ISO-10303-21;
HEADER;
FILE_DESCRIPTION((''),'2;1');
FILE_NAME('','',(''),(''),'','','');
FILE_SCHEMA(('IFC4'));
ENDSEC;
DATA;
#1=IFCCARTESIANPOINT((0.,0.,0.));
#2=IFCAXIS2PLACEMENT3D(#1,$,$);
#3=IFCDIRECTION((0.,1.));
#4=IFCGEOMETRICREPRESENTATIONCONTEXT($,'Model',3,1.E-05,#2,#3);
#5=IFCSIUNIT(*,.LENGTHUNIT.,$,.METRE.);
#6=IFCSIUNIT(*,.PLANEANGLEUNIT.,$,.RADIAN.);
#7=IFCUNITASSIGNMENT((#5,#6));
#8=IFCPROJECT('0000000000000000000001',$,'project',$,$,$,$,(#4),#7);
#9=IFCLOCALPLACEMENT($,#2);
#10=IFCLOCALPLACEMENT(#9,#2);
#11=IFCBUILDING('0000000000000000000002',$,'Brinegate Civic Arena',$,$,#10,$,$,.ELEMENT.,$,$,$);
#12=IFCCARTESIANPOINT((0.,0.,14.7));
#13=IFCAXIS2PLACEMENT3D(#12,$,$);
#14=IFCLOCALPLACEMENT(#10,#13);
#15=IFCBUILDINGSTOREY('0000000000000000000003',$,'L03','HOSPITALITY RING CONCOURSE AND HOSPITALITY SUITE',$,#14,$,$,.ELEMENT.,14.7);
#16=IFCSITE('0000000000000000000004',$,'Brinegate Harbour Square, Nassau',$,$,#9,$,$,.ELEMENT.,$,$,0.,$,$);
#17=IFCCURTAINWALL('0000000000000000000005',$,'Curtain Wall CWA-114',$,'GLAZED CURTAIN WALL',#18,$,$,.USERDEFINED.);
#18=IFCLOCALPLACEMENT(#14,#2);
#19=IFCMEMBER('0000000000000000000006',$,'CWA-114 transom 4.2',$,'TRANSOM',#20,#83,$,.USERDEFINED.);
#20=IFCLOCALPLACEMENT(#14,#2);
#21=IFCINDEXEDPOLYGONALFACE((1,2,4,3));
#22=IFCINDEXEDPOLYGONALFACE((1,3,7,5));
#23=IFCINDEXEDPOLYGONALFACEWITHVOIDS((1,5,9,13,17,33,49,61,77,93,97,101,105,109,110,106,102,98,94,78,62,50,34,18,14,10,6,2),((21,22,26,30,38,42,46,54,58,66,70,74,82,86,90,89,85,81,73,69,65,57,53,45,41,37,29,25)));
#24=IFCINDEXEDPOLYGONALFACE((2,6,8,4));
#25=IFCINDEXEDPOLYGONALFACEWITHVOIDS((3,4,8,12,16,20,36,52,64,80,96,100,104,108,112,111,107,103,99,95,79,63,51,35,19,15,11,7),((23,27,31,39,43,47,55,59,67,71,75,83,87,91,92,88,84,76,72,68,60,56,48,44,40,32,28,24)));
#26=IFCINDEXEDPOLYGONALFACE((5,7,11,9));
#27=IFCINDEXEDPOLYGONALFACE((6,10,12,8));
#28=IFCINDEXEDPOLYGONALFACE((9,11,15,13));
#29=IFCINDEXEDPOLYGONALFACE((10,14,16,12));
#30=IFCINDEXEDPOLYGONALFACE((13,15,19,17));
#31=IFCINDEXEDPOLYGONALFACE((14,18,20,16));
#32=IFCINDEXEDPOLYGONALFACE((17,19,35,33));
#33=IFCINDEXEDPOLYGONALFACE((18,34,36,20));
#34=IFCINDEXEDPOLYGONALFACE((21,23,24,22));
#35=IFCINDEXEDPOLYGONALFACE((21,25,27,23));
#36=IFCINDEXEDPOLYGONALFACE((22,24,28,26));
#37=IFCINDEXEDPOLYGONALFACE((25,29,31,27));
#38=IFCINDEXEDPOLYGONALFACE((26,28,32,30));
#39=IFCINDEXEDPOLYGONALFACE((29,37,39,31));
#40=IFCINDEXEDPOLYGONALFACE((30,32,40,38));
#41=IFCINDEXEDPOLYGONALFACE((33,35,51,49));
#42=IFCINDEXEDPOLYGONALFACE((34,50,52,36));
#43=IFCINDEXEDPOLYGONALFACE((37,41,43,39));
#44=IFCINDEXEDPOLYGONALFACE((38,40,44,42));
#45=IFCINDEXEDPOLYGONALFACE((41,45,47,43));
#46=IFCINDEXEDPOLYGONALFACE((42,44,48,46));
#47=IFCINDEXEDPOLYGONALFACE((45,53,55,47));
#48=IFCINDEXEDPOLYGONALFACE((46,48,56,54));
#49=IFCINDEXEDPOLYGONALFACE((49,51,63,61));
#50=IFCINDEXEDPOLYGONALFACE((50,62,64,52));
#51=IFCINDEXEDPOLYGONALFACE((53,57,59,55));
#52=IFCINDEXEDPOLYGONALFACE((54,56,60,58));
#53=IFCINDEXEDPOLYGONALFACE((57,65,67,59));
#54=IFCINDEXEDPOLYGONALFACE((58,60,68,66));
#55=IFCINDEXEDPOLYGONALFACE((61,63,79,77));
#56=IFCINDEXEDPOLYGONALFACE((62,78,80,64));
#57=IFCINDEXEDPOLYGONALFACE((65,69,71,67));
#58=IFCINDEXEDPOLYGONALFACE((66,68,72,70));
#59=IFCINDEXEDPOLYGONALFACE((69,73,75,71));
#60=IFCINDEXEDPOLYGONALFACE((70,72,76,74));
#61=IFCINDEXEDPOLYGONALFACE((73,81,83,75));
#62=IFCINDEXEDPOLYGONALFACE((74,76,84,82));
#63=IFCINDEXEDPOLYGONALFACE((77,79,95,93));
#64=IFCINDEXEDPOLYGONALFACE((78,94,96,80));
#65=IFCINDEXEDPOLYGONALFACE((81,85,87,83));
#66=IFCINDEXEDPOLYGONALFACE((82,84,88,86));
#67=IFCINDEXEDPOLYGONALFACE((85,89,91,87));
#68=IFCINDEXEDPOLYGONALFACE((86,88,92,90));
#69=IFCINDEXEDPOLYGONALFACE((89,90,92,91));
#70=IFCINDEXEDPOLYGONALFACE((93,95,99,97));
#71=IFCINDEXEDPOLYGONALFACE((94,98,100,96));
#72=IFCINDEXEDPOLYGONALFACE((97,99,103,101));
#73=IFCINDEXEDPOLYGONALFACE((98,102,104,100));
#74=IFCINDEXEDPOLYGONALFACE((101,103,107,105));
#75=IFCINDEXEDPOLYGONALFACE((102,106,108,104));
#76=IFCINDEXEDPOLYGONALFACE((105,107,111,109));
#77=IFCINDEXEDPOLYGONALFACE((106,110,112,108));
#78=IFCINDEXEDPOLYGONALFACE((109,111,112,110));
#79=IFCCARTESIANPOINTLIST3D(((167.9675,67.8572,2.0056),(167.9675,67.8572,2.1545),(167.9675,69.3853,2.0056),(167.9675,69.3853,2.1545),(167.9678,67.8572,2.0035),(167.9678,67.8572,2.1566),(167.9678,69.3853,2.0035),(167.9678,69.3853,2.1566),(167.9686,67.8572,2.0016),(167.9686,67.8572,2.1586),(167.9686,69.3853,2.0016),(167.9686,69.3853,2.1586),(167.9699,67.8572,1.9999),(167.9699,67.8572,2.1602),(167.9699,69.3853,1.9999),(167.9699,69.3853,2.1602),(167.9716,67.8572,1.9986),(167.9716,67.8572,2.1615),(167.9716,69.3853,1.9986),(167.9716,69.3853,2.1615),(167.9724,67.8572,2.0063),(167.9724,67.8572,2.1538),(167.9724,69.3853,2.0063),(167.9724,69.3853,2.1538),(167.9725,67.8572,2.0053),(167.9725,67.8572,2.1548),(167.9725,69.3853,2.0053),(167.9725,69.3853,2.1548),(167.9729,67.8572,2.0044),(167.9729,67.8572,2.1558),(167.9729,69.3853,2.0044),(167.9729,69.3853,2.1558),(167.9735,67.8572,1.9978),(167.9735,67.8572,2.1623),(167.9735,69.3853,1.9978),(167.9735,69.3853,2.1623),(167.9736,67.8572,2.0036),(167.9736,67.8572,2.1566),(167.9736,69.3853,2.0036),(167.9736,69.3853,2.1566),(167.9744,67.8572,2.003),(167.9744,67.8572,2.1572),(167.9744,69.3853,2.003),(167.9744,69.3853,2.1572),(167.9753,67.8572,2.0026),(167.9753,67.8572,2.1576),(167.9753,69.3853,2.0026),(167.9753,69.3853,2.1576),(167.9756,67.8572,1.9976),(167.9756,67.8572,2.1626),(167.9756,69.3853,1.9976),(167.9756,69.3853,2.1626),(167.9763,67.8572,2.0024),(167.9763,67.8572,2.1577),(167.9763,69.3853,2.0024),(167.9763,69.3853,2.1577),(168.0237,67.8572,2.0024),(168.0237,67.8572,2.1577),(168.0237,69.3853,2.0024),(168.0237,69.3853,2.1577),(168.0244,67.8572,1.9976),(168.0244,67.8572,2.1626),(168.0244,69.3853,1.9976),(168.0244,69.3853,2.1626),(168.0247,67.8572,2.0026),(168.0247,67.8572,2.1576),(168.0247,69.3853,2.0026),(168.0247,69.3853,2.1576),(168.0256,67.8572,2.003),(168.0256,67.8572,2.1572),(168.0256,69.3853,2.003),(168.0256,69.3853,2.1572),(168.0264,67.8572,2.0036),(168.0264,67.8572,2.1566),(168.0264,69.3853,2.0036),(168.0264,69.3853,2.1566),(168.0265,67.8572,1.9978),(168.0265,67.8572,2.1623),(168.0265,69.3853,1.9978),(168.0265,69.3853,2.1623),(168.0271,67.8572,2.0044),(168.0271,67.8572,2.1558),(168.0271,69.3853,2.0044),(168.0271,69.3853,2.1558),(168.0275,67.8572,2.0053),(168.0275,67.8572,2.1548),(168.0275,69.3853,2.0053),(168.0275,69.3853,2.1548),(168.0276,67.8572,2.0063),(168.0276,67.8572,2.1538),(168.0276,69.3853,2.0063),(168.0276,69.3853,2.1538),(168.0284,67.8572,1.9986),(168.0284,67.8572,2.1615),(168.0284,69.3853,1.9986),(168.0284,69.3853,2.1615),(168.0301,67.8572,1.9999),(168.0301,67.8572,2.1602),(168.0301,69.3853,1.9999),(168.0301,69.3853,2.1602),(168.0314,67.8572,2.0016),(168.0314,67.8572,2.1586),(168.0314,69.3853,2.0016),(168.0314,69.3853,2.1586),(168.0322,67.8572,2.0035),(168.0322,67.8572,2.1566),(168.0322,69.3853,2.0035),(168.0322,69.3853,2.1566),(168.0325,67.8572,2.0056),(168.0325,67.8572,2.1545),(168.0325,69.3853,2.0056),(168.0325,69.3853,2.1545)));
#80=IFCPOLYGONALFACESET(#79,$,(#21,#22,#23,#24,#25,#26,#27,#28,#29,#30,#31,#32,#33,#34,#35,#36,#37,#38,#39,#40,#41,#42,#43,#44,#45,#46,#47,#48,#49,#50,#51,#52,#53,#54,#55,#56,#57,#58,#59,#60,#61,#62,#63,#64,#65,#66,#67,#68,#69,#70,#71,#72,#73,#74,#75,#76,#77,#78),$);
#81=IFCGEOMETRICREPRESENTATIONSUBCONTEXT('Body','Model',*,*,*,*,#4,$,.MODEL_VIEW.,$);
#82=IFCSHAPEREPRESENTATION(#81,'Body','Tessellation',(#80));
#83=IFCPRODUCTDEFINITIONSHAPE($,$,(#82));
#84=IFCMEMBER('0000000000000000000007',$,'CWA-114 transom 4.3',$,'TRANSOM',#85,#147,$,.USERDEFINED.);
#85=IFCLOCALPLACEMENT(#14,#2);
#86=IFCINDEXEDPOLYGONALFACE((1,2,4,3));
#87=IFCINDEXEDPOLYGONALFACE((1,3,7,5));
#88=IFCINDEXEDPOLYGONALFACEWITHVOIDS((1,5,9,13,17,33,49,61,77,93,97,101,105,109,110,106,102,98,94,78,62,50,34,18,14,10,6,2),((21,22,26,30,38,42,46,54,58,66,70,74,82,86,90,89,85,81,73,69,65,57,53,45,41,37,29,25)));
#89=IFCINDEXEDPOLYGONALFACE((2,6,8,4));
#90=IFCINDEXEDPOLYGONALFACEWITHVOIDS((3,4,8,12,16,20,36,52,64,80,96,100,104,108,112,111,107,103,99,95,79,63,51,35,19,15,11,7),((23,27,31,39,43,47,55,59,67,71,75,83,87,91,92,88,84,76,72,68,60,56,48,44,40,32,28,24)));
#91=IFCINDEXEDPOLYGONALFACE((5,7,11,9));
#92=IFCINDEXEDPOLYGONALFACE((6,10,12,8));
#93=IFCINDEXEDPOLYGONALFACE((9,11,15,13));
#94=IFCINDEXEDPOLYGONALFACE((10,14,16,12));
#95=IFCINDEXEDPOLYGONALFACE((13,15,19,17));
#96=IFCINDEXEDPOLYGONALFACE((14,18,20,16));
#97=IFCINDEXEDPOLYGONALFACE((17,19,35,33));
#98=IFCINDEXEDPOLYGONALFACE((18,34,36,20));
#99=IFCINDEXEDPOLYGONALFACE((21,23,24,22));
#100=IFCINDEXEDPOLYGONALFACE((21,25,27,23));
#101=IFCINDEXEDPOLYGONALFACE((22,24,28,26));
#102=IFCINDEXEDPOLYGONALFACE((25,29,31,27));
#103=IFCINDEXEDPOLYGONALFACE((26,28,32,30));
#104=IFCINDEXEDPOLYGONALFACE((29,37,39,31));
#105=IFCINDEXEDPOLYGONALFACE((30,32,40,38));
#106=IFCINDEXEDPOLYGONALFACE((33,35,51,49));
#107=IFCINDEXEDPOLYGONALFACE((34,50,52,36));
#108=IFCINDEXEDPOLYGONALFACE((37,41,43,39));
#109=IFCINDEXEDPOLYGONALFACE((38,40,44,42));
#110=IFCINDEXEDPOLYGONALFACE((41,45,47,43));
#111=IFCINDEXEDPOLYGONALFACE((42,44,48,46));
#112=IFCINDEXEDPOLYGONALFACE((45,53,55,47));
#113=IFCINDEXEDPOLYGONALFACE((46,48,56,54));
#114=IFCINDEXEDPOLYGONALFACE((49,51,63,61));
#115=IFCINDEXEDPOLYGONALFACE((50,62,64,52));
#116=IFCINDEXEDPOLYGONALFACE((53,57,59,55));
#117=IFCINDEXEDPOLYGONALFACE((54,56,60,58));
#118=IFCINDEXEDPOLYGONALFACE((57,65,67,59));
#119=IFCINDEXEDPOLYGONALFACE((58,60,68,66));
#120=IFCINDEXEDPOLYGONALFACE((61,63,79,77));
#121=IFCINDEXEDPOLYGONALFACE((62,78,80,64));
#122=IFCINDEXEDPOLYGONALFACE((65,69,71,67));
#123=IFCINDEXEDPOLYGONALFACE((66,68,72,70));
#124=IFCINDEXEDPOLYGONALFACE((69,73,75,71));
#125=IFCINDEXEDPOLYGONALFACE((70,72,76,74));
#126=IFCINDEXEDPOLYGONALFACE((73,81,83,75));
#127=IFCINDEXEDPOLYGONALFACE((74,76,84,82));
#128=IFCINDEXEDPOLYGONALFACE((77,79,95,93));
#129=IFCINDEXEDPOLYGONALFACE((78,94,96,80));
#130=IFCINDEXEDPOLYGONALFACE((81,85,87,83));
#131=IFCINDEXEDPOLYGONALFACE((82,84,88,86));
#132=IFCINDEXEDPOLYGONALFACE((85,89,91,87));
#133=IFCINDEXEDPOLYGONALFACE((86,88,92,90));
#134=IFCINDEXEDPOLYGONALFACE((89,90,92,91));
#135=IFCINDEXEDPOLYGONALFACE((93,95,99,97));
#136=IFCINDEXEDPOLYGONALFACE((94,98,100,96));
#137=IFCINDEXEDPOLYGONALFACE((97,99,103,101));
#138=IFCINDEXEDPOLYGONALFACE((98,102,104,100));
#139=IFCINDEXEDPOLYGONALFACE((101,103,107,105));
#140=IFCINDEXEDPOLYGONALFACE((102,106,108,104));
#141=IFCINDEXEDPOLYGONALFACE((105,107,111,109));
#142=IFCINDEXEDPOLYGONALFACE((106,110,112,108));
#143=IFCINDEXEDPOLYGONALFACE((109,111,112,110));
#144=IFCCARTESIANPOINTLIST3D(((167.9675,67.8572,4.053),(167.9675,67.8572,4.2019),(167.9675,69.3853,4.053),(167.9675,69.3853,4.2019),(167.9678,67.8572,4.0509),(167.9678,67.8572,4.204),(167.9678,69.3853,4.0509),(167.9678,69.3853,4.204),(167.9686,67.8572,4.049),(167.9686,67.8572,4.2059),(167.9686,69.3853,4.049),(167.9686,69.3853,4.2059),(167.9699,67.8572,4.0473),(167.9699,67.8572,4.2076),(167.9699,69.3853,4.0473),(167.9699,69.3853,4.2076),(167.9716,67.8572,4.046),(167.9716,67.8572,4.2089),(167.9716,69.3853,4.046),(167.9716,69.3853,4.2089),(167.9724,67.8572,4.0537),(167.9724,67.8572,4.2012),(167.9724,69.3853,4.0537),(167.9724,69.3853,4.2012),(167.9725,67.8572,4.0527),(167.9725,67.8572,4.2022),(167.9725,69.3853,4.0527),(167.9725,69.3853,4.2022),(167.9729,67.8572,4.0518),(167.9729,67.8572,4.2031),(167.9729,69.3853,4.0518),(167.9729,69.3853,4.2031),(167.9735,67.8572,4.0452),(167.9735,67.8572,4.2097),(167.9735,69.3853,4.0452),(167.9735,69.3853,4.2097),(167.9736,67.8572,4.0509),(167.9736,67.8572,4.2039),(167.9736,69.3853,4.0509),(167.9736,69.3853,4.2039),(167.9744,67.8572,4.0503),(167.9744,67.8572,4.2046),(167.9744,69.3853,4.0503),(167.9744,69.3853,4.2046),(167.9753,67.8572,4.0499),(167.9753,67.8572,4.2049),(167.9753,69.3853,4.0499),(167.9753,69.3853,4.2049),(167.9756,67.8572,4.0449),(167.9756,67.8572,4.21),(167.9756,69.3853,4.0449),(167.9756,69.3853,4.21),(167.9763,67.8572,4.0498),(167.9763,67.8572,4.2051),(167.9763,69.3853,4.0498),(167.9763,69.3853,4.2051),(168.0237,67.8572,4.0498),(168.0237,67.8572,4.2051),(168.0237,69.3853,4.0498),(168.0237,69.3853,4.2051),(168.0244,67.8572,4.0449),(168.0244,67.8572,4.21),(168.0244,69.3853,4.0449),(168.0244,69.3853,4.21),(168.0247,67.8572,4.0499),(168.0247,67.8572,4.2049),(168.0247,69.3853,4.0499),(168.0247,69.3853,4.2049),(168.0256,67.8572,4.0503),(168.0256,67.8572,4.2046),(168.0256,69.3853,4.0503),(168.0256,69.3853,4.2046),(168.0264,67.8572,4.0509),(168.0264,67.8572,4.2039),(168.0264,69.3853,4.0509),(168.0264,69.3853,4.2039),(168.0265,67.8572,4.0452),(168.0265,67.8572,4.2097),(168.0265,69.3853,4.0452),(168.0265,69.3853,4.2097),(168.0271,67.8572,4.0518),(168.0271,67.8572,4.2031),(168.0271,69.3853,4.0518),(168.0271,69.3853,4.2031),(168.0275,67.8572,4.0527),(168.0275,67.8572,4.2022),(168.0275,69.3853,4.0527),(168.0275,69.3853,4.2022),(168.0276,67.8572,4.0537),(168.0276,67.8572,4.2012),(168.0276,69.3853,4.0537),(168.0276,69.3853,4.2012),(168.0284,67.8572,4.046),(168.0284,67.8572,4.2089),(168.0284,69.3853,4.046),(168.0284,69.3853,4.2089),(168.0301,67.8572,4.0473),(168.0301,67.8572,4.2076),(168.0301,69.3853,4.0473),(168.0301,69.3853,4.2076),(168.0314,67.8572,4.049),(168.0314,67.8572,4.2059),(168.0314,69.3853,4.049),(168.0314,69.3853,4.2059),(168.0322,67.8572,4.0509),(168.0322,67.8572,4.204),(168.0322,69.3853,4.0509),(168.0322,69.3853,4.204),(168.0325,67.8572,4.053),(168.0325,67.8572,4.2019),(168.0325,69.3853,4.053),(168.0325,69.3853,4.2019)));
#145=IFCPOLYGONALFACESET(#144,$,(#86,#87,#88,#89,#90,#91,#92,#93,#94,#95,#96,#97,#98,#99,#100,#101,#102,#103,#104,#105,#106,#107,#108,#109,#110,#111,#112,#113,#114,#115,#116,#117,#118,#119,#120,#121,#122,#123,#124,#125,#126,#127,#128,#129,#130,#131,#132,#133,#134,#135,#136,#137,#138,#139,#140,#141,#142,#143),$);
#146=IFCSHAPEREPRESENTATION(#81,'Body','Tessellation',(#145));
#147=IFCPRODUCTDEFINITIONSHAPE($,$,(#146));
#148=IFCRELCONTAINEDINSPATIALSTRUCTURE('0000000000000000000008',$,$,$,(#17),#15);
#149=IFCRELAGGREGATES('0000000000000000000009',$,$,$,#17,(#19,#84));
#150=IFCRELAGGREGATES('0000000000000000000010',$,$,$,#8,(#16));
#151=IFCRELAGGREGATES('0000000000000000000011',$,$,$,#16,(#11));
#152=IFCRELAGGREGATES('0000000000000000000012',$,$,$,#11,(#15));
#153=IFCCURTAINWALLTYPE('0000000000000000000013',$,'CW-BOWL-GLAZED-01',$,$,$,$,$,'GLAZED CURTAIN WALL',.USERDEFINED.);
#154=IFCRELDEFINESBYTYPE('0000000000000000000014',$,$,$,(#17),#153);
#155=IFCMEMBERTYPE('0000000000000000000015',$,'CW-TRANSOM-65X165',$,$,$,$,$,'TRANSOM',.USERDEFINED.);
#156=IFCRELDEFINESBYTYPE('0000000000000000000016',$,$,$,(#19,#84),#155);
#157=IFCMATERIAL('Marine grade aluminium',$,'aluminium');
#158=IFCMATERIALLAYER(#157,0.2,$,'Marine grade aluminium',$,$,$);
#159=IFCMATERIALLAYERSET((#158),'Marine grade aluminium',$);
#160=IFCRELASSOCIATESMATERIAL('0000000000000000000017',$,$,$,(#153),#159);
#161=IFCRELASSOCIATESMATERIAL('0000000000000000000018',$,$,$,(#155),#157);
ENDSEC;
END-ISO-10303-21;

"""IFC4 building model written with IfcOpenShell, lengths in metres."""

from ifc_helpers import new_model, si_unit, direction, frame, origin, origin_2d, place, context, subcontext, project, spatial, hollow_rectangle, extrude, material, layer, layer_set, material_profile, profile_set, type_object, element, aggregate, save


model = new_model("IFC4")

# Units and contexts
model_context = context("Model", 3, precision=1e-05, world=origin(), true_north=direction((0.0, 1.0)))
body_context = subcontext(model_context, "Body", "Model", "MODEL_VIEW")
ifc_project = project(units=[si_unit("LENGTHUNIT", "METRE"), si_unit("PLANEANGLEUNIT", "RADIAN")], contexts=[model_context])

# Site, building, storey
site_placement = place(None, origin())
site = spatial("IfcSite", under=ifc_project, at=site_placement, Name="Brinegate Harbour Square, Nassau", CompositionType="ELEMENT", RefElevation=0.0)
building_placement = place(site_placement, origin())
building = spatial("IfcBuilding", under=site, at=building_placement, Name="Brinegate Civic Arena", CompositionType="ELEMENT")
storey_placement = place(building_placement, frame((0.0, 0.0, 14.7)))
storey = spatial("IfcBuildingStorey", under=building, at=storey_placement, Name="L03", Description="HOSPITALITY RING CONCOURSE AND HOSPITALITY SUITE", CompositionType="ELEMENT", Elevation=14.7)

# Curtain wall
ifc_material_1 = material(Name="Marine grade aluminium", Category="aluminium")
ifc_layer_1 = layer(ifc_material_1, 0.2, Name="Marine grade aluminium")
ifc_layer_set_1 = layer_set([ifc_layer_1], Name="Marine grade aluminium")
curtain_wall_type = type_object("IfcCurtainWallType", Name="CW-BOWL-GLAZED-01", ElementType="GLAZED CURTAIN WALL", PredefinedType="USERDEFINED", material=ifc_layer_set_1)
curtain_wall_1_placement = place(storey_placement, origin())
curtain_wall_1 = element("IfcCurtainWall", 1, at=curtain_wall_1_placement, inside=storey, type_object=curtain_wall_type, Name="Curtain Wall CWA-114", ObjectType="GLAZED CURTAIN WALL", PredefinedType="USERDEFINED")

# Members
ifc_material_profile_1 = material_profile(ifc_material_1, hollow_rectangle(XDim=0.0649, YDim=0.165, WallThickness=0.0049, InnerFilletRadius=0.0039, OuterFilletRadius=0.0081, at=origin_2d()), Name="TRN65X165")
ifc_profile_set_1 = profile_set([ifc_material_profile_1], Name="Marine grade aluminium")
member_type_1 = type_object("IfcMemberType", Name="CW-TRANSOM-65X165", ElementType="TRANSOM", PredefinedType="USERDEFINED", material=ifc_profile_set_1)
member_1_placement = place(storey_placement, frame((168.0, 67.8572, 2.0801), z_axis=(0.0, 1.0, 0.0), x_axis=(-1.0, 0.0, 0.0)))
member_1 = element("IfcMember", 2, at=member_1_placement, type_object=member_type_1, Name="CWA-114 transom 4.2", ObjectType="TRANSOM", PredefinedType="USERDEFINED", context=body_context, shape_type="SweptSolid", body=[
    extrude(hollow_rectangle(XDim=0.0649, YDim=0.165, WallThickness=0.0049, InnerFilletRadius=0.0039, OuterFilletRadius=0.0081, at=origin_2d()), origin(), (0.0, 0.0, 1.0), 1.5281),
])
member_2_placement = place(storey_placement, frame((168.0, 67.8572, 4.1274), z_axis=(0.0, 1.0, 0.0), x_axis=(-1.0, 0.0, 0.0)))
member_2 = element("IfcMember", 3, at=member_2_placement, type_object=member_type_1, Name="CWA-114 transom 4.3", ObjectType="TRANSOM", PredefinedType="USERDEFINED", context=body_context, shape_type="SweptSolid", body=[
    extrude(hollow_rectangle(XDim=0.0649, YDim=0.165, WallThickness=0.0049, InnerFilletRadius=0.0039, OuterFilletRadius=0.0081, at=origin_2d()), origin(), (0.0, 0.0, 1.0), 1.5281),
])

aggregate(curtain_wall_1, [member_1, member_2])

save(model, "model.ifc")
